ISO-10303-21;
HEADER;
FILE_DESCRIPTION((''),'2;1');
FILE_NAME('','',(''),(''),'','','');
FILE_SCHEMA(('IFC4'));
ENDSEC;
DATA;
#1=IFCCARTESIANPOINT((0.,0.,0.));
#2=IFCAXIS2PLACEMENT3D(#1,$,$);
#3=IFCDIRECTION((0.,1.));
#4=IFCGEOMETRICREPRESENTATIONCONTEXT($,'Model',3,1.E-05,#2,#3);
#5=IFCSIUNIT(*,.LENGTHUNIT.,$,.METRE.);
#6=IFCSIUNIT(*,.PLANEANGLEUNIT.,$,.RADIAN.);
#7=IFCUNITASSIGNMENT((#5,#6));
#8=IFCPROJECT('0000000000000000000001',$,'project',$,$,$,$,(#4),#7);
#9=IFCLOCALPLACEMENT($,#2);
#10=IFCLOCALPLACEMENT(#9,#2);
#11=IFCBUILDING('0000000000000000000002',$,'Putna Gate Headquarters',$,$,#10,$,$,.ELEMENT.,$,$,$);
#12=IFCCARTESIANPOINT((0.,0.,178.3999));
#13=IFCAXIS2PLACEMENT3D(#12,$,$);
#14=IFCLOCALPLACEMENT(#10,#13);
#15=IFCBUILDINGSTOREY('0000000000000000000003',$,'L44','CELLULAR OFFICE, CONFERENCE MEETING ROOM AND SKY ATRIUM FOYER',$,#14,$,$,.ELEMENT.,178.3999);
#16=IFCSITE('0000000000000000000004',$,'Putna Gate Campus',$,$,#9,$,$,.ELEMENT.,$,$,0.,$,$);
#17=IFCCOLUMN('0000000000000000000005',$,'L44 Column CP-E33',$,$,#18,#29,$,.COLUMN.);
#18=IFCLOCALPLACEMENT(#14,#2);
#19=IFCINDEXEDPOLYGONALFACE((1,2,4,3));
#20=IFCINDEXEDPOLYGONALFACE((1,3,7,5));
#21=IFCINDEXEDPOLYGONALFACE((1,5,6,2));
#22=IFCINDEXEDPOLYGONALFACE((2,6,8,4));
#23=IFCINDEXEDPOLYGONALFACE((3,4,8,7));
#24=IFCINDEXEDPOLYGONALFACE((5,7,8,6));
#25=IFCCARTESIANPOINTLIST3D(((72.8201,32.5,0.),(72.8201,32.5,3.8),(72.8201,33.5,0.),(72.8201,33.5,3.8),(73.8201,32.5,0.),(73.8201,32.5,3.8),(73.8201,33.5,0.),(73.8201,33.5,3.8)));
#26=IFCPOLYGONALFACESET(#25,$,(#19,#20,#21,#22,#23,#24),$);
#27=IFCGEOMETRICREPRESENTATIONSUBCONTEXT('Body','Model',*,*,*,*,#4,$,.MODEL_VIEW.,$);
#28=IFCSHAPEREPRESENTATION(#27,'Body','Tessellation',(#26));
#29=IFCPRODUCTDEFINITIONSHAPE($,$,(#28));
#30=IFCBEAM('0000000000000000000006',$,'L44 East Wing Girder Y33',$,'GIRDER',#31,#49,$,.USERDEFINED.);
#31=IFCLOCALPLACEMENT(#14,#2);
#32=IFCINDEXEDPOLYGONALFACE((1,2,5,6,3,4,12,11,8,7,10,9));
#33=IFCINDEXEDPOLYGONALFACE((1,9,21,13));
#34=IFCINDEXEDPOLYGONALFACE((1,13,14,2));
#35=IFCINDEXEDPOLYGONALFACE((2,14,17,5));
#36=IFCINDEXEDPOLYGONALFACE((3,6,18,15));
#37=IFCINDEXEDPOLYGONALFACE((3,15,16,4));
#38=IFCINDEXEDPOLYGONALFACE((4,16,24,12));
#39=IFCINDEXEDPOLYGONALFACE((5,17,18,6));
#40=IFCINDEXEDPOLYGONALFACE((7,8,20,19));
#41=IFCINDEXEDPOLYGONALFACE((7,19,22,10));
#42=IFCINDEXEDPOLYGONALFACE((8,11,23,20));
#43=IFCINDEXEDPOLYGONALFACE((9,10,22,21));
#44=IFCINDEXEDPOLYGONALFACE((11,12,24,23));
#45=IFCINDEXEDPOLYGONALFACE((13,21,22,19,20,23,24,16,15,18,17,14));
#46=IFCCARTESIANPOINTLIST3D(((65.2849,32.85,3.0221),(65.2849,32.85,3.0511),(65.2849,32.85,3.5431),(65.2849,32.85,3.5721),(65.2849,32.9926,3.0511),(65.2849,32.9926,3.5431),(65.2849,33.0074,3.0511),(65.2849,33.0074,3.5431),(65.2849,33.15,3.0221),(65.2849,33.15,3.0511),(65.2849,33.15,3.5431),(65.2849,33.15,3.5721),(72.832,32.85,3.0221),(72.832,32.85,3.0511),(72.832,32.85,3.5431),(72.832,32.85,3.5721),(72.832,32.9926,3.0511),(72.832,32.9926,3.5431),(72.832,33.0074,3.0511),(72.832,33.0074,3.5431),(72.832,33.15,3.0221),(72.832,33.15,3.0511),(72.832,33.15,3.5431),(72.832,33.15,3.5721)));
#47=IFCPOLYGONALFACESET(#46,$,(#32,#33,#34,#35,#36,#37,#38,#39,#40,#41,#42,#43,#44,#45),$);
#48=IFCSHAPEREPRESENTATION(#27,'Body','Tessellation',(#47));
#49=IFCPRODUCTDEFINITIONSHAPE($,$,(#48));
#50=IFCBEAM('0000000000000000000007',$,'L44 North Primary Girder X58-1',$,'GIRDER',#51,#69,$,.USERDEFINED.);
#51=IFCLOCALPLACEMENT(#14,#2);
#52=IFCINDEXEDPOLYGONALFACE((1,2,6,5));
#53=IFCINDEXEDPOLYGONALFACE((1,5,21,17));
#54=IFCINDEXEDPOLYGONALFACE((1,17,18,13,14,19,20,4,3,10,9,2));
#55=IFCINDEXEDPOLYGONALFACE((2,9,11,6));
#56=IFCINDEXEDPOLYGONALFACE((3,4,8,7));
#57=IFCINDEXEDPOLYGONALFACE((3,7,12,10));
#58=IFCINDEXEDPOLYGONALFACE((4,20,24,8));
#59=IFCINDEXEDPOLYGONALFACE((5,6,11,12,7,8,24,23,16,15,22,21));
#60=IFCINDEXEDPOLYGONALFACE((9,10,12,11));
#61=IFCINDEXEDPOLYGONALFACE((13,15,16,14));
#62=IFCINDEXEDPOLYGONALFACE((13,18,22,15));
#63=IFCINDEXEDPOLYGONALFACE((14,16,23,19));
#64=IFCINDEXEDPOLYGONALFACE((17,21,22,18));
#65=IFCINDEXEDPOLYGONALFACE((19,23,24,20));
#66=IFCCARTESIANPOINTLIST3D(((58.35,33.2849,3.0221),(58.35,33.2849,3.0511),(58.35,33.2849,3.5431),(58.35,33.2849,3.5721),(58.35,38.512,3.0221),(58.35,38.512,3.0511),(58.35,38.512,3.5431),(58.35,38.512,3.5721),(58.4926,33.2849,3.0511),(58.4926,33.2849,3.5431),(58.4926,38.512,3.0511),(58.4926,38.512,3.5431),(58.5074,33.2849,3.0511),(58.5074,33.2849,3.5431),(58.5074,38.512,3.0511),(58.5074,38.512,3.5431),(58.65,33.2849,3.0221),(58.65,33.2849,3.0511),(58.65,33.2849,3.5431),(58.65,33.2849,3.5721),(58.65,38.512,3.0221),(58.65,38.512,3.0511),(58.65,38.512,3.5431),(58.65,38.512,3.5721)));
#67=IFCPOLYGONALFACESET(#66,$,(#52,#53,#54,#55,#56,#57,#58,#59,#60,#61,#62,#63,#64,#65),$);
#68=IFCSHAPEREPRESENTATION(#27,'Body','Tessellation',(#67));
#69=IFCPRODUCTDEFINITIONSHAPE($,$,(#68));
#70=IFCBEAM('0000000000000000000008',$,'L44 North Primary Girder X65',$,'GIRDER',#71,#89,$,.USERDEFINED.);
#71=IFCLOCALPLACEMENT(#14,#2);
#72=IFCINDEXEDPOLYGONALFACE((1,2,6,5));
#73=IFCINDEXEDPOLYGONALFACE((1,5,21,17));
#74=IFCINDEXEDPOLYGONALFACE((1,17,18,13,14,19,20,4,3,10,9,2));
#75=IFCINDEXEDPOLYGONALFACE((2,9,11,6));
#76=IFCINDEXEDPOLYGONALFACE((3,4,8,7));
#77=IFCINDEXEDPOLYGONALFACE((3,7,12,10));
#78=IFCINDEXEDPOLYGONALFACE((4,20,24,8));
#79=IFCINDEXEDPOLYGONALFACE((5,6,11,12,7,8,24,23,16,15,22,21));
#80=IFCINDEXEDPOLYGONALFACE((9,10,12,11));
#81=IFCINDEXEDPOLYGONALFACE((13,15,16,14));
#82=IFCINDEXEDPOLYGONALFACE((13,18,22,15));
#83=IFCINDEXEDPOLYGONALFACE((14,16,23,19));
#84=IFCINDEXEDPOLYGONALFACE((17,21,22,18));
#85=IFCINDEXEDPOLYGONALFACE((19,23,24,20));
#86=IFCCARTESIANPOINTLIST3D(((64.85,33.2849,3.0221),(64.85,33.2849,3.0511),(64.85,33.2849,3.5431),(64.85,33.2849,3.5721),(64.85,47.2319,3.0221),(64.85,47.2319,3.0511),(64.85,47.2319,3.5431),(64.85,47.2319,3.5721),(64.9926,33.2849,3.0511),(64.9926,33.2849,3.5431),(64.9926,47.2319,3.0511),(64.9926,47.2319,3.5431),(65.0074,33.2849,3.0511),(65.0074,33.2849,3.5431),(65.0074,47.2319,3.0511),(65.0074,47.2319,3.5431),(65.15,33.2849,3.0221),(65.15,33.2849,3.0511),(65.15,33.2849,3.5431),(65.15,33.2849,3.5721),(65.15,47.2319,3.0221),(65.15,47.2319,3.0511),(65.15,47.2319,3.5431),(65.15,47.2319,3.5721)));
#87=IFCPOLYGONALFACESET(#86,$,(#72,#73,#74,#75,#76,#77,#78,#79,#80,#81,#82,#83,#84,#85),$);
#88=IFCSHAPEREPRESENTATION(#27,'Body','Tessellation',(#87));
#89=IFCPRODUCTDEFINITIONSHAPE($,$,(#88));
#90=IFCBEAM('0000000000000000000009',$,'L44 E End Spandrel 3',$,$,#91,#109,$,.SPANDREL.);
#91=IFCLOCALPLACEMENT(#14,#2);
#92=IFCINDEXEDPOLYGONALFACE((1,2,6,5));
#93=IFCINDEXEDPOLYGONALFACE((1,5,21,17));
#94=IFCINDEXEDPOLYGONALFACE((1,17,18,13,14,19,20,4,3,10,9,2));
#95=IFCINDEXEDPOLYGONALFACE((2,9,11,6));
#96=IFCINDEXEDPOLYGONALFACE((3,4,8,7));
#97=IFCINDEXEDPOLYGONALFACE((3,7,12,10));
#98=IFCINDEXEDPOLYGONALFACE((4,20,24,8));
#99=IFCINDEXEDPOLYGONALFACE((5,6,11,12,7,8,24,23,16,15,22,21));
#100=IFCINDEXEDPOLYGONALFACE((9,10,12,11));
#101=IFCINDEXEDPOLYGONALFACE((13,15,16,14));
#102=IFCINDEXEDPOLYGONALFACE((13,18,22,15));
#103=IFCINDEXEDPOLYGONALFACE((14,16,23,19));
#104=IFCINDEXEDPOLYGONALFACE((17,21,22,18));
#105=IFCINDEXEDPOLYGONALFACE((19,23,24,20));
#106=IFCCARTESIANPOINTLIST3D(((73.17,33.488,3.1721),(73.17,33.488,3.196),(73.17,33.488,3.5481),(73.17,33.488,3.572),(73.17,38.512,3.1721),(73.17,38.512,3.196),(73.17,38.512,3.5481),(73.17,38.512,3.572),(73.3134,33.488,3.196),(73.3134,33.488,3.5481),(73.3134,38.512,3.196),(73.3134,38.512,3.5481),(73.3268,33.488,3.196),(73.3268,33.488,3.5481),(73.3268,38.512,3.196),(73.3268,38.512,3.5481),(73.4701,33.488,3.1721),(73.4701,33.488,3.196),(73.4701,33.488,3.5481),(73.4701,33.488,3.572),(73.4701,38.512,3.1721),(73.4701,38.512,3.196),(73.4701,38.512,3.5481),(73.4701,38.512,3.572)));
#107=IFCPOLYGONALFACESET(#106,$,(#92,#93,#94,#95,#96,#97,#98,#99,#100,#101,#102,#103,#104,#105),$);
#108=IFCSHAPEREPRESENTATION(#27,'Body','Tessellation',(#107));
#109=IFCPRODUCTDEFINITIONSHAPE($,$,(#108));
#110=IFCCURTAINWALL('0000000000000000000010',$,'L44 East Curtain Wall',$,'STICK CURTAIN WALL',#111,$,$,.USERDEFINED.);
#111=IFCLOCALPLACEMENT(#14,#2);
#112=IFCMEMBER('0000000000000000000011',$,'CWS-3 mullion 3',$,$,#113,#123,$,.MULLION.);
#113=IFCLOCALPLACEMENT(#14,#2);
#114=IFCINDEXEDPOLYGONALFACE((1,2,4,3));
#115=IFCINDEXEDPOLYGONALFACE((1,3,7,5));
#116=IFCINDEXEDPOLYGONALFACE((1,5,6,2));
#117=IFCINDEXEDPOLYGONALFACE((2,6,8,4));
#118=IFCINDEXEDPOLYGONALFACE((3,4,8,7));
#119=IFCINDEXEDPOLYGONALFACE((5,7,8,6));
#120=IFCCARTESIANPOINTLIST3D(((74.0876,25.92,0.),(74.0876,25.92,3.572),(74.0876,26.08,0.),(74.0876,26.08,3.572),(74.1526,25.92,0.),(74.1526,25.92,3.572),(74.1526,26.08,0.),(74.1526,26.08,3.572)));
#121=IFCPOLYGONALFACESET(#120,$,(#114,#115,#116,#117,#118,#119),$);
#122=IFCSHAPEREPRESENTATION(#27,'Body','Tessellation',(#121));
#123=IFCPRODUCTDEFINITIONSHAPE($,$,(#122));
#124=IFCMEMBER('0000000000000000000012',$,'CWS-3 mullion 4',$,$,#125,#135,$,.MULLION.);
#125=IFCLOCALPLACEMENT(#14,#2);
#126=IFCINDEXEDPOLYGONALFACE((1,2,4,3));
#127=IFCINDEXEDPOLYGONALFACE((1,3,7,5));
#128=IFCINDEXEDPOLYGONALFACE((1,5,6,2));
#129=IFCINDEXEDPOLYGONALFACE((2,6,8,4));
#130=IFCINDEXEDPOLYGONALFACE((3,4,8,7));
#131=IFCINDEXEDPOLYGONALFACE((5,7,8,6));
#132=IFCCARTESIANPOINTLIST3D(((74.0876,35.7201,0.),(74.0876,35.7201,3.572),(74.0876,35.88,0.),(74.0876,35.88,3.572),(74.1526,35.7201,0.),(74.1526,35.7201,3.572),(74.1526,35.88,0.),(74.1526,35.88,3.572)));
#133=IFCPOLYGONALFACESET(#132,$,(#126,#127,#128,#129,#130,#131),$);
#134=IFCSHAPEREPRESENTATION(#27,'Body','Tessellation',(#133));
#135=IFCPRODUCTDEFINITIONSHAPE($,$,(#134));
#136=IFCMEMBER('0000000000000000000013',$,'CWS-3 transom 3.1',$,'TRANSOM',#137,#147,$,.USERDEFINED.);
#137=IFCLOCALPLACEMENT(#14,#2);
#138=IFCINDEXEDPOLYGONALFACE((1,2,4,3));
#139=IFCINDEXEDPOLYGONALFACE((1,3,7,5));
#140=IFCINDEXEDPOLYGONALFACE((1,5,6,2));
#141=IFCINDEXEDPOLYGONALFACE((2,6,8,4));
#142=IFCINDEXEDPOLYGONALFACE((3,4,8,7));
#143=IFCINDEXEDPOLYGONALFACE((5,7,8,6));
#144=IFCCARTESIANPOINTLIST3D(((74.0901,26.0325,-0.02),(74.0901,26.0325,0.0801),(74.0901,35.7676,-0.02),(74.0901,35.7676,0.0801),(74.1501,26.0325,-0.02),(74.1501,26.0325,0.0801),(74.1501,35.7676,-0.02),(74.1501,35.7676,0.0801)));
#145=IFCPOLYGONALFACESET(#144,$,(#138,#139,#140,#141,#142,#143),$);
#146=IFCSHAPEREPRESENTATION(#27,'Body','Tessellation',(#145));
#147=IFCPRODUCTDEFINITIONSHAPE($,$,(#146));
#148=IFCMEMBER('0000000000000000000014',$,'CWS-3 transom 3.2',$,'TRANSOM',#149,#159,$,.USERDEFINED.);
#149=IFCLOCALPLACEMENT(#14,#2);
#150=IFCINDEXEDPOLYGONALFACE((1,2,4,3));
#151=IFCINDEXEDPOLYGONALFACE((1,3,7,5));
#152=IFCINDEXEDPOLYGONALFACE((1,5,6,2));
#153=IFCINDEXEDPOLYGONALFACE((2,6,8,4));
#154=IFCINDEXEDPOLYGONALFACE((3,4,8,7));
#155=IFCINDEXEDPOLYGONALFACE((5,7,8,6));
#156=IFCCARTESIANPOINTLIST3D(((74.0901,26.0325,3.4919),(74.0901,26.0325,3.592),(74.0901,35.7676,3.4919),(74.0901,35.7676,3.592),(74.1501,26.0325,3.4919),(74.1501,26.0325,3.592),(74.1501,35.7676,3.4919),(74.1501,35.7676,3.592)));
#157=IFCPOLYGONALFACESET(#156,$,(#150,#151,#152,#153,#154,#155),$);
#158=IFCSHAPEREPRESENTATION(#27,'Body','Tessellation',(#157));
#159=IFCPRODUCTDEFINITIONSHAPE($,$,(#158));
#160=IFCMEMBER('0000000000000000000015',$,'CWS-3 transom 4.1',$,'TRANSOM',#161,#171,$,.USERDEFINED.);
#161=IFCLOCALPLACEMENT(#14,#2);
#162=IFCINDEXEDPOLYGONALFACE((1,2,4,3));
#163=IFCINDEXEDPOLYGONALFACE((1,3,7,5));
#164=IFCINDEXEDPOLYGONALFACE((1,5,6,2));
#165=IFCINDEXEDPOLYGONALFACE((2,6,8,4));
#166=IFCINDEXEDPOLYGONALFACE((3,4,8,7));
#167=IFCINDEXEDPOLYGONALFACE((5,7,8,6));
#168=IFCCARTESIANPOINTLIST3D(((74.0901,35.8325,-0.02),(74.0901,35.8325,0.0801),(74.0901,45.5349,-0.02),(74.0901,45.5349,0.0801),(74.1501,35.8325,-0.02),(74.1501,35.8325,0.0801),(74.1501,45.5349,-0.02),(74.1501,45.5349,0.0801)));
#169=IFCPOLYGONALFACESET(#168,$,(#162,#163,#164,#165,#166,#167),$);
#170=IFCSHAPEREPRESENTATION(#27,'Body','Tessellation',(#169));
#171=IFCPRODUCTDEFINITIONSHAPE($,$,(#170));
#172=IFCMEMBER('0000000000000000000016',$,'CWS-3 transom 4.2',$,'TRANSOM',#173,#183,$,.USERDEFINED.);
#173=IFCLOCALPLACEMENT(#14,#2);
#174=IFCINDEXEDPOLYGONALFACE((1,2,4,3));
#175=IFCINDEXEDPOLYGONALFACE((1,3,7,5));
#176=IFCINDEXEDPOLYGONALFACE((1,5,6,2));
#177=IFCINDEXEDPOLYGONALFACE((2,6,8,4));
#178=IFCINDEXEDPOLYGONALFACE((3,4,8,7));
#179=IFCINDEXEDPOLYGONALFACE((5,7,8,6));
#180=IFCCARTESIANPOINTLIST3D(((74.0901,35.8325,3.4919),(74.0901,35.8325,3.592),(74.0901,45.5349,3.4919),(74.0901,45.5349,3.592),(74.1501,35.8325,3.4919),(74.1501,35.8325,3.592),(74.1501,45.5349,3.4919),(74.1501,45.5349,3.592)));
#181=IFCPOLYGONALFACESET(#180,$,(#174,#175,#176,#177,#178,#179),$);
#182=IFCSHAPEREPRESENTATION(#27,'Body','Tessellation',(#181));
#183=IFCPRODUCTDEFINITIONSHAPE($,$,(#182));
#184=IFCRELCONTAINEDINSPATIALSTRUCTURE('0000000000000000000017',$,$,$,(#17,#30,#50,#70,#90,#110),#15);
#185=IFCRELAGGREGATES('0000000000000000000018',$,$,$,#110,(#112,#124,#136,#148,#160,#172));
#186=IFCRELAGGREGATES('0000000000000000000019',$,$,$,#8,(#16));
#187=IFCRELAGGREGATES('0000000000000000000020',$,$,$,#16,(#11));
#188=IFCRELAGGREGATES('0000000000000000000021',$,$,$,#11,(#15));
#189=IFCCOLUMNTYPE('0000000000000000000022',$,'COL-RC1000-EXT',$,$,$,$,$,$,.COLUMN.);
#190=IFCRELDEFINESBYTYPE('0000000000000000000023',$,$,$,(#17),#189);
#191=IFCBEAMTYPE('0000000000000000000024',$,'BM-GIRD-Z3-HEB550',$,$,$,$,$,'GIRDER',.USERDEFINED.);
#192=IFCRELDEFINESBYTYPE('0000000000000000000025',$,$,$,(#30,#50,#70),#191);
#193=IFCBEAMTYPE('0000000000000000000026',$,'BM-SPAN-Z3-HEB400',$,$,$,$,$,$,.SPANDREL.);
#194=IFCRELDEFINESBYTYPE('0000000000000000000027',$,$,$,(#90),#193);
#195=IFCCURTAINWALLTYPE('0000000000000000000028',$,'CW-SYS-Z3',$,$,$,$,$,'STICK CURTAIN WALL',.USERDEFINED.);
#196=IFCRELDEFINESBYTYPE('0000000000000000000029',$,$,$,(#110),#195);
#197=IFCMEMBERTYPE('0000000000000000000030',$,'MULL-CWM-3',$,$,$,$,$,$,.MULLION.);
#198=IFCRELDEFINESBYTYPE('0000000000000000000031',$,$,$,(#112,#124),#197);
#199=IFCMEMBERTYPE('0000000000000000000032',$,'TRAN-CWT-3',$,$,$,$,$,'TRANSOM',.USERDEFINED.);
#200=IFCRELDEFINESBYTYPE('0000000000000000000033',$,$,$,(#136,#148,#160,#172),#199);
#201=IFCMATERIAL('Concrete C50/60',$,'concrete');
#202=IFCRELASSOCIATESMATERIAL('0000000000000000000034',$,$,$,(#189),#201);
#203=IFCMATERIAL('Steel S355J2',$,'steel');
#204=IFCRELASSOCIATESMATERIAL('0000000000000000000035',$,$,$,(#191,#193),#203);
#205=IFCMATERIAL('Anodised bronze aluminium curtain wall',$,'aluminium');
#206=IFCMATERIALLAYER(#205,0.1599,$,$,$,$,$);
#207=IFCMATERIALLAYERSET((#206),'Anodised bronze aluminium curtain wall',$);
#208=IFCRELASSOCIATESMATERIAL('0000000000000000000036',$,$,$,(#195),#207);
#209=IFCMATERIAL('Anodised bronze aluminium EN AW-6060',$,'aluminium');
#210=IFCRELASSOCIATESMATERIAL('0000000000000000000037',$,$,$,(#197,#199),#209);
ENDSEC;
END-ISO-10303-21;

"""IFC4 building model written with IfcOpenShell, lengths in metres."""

from ifc_helpers import new_model, si_unit, direction, frame, origin, origin_2d, place, context, subcontext, project, spatial, rectangle, i_section, extrude, material, layer, layer_set, material_profile, profile_set, type_object, element, aggregate, save


model = new_model("IFC4")

# Units and contexts
model_context = context("Model", 3, precision=1e-05, world=origin(), true_north=direction((0.0, 1.0)))
body_context = subcontext(model_context, "Body", "Model", "MODEL_VIEW")
ifc_project = project(units=[si_unit("LENGTHUNIT", "METRE"), si_unit("PLANEANGLEUNIT", "RADIAN")], contexts=[model_context])

# Site, building, storey
site_placement = place(None, origin())
site = spatial("IfcSite", under=ifc_project, at=site_placement, Name="Putna Gate Campus", CompositionType="ELEMENT", RefElevation=0.0)
building_placement = place(site_placement, origin())
building = spatial("IfcBuilding", under=site, at=building_placement, Name="Putna Gate Headquarters", CompositionType="ELEMENT")
storey_placement = place(building_placement, frame((0.0, 0.0, 178.3999)))
storey = spatial("IfcBuildingStorey", under=building, at=storey_placement, Name="L44", Description="CELLULAR OFFICE, CONFERENCE MEETING ROOM AND SKY ATRIUM FOYER", CompositionType="ELEMENT", Elevation=178.3999)

# Column
ifc_material_1 = material(Name="Concrete C50/60", Category="concrete")
ifc_material_profile_1 = material_profile(ifc_material_1, rectangle(XDim=1.0, YDim=1.0, at=origin_2d()), Name="Concrete C50/60")
ifc_profile_set_1 = profile_set([ifc_material_profile_1], Name="Concrete C50/60")
column_type = type_object("IfcColumnType", Name="COL-RC1000-EXT", PredefinedType="COLUMN", material=ifc_profile_set_1)
column_placement = place(storey_placement, frame((73.3201, 33.0, 0.0), z_axis=(0.0, 0.0, 1.0), x_axis=(1.0, 0.0, 0.0)))
element("IfcColumn", 1, at=column_placement, inside=storey, type_object=column_type, Name="L44 Column CP-E33", PredefinedType="COLUMN", context=body_context, shape_type="SweptSolid", body=[
    extrude(rectangle(XDim=1.0, YDim=1.0, at=origin_2d()), origin(), (0.0, 0.0, 1.0), 3.8),
])

# Beams
ifc_material_2 = material(Name="Steel S355J2", Category="steel")
ifc_material_profile_2 = material_profile(ifc_material_2, i_section(OverallWidth=0.3, OverallDepth=0.55, WebThickness=0.0149, FlangeThickness=0.0291, at=origin_2d()), Name="Steel S355J2")
ifc_profile_set_2 = profile_set([ifc_material_profile_2], Name="Steel S355J2")
beam_type_1 = type_object("IfcBeamType", Name="BM-GIRD-Z3-HEB550", ElementType="GIRDER", PredefinedType="USERDEFINED", material=ifc_profile_set_2)
beam_1_placement = place(storey_placement, frame((65.2849, 33.0, 3.2971), z_axis=(1.0, 0.0, 0.0), x_axis=(0.0, 1.0, 0.0)))
element("IfcBeam", 2, at=beam_1_placement, inside=storey, type_object=beam_type_1, Name="L44 East Wing Girder Y33", ObjectType="GIRDER", PredefinedType="USERDEFINED", context=body_context, shape_type="SweptSolid", body=[
    extrude(i_section(OverallWidth=0.3, OverallDepth=0.55, WebThickness=0.0149, FlangeThickness=0.0291, at=origin_2d()), origin(), (0.0, 0.0, 1.0), 7.5471),
])
beam_2_placement = place(storey_placement, frame((58.5, 33.2849, 3.2971), z_axis=(0.0, 1.0, 0.0), x_axis=(-1.0, 0.0, 0.0)))
element("IfcBeam", 3, at=beam_2_placement, inside=storey, type_object=beam_type_1, Name="L44 North Primary Girder X58-1", ObjectType="GIRDER", PredefinedType="USERDEFINED", context=body_context, shape_type="SweptSolid", body=[
    extrude(i_section(OverallWidth=0.3, OverallDepth=0.55, WebThickness=0.0149, FlangeThickness=0.0291, at=origin_2d()), origin(), (0.0, 0.0, 1.0), 5.2271),
])
beam_3_placement = place(storey_placement, frame((65.0, 33.2849, 3.2971), z_axis=(0.0, 1.0, 0.0), x_axis=(-1.0, 0.0, 0.0)))
element("IfcBeam", 4, at=beam_3_placement, inside=storey, type_object=beam_type_1, Name="L44 North Primary Girder X65", ObjectType="GIRDER", PredefinedType="USERDEFINED", context=body_context, shape_type="SweptSolid", body=[
    extrude(i_section(OverallWidth=0.3, OverallDepth=0.55, WebThickness=0.0149, FlangeThickness=0.0291, at=origin_2d()), origin(), (0.0, 0.0, 1.0), 13.947),
])
ifc_material_profile_3 = material_profile(ifc_material_2, i_section(OverallWidth=0.3, OverallDepth=0.3999, WebThickness=0.0134, FlangeThickness=0.0239, at=origin_2d()), Name="Steel S355J2")
ifc_profile_set_3 = profile_set([ifc_material_profile_3], Name="Steel S355J2")
beam_type_2 = type_object("IfcBeamType", Name="BM-SPAN-Z3-HEB400", PredefinedType="SPANDREL", material=ifc_profile_set_3)
beam_4_placement = place(storey_placement, frame((73.3201, 33.488, 3.3721), z_axis=(0.0, 1.0, 0.0), x_axis=(-1.0, 0.0, 0.0)))
element("IfcBeam", 5, at=beam_4_placement, inside=storey, type_object=beam_type_2, Name="L44 E End Spandrel 3", PredefinedType="SPANDREL", context=body_context, shape_type="SweptSolid", body=[
    extrude(i_section(OverallWidth=0.3, OverallDepth=0.3999, WebThickness=0.0134, FlangeThickness=0.0239, at=origin_2d()), origin(), (0.0, 0.0, 1.0), 5.0239),
])

# Curtain wall, members
ifc_material_3 = material(Name="Anodised bronze aluminium curtain wall", Category="aluminium")
ifc_layer_1 = layer(ifc_material_3, 0.1599)
ifc_layer_set_1 = layer_set([ifc_layer_1], Name="Anodised bronze aluminium curtain wall")
curtain_wall_type = type_object("IfcCurtainWallType", Name="CW-SYS-Z3", ElementType="STICK CURTAIN WALL", PredefinedType="USERDEFINED", material=ifc_layer_set_1)
curtain_wall_placement = place(storey_placement, origin())
curtain_wall = element("IfcCurtainWall", 6, at=curtain_wall_placement, inside=storey, type_object=curtain_wall_type, Name="L44 East Curtain Wall", ObjectType="STICK CURTAIN WALL", PredefinedType="USERDEFINED")
ifc_material_4 = material(Name="Anodised bronze aluminium EN AW-6060", Category="aluminium")
ifc_material_profile_4 = material_profile(ifc_material_4, rectangle(XDim=0.0649, YDim=0.1599, at=origin_2d()), Name="Anodised bronze aluminium EN AW-6060")
ifc_profile_set_4 = profile_set([ifc_material_profile_4], Name="Anodised bronze aluminium EN AW-6060")
member_type_1 = type_object("IfcMemberType", Name="MULL-CWM-3", PredefinedType="MULLION", material=ifc_profile_set_4)
member_1_placement = place(storey_placement, frame((74.1201, 26.0, 0.0), z_axis=(0.0, 0.0, 1.0), x_axis=(-1.0, 0.0, 0.0)))
member_1 = element("IfcMember", 7, at=member_1_placement, type_object=member_type_1, Name="CWS-3 mullion 3", PredefinedType="MULLION", context=body_context, shape_type="SweptSolid", body=[
    extrude(rectangle(XDim=0.0649, YDim=0.1599, at=origin_2d()), origin(), (0.0, 0.0, 1.0), 3.572),
])
member_2_placement = place(storey_placement, frame((74.1201, 35.8, 0.0), z_axis=(0.0, 0.0, 1.0), x_axis=(-1.0, 0.0, 0.0)))
member_2 = element("IfcMember", 8, at=member_2_placement, type_object=member_type_1, Name="CWS-3 mullion 4", PredefinedType="MULLION", context=body_context, shape_type="SweptSolid", body=[
    extrude(rectangle(XDim=0.0649, YDim=0.1599, at=origin_2d()), origin(), (0.0, 0.0, 1.0), 3.572),
])
ifc_material_profile_5 = material_profile(ifc_material_4, rectangle(XDim=0.0601, YDim=0.1001, at=origin_2d()), Name="Anodised bronze aluminium EN AW-6060")
ifc_profile_set_5 = profile_set([ifc_material_profile_5], Name="Anodised bronze aluminium EN AW-6060")
member_type_2 = type_object("IfcMemberType", Name="TRAN-CWT-3", ElementType="TRANSOM", PredefinedType="USERDEFINED", material=ifc_profile_set_5)
member_3_placement = place(storey_placement, frame((74.1201, 26.0325, 0.03), z_axis=(0.0, 1.0, 0.0), x_axis=(-1.0, 0.0, 0.0)))
member_3 = element("IfcMember", 9, at=member_3_placement, type_object=member_type_2, Name="CWS-3 transom 3.1", ObjectType="TRANSOM", PredefinedType="USERDEFINED", context=body_context, shape_type="SweptSolid", body=[
    extrude(rectangle(XDim=0.0601, YDim=0.1001, at=origin_2d()), origin(), (0.0, 0.0, 1.0), 9.7351),
])
member_4_placement = place(storey_placement, frame((74.1201, 26.0325, 3.542), z_axis=(0.0, 1.0, 0.0), x_axis=(-1.0, 0.0, 0.0)))
member_4 = element("IfcMember", 10, at=member_4_placement, type_object=member_type_2, Name="CWS-3 transom 3.2", ObjectType="TRANSOM", PredefinedType="USERDEFINED", context=body_context, shape_type="SweptSolid", body=[
    extrude(rectangle(XDim=0.0601, YDim=0.1001, at=origin_2d()), origin(), (0.0, 0.0, 1.0), 9.7351),
])
member_5_placement = place(storey_placement, frame((74.1201, 35.8325, 0.03), z_axis=(0.0, 1.0, 0.0), x_axis=(-1.0, 0.0, 0.0)))
member_5 = element("IfcMember", 11, at=member_5_placement, type_object=member_type_2, Name="CWS-3 transom 4.1", ObjectType="TRANSOM", PredefinedType="USERDEFINED", context=body_context, shape_type="SweptSolid", body=[
    extrude(rectangle(XDim=0.0601, YDim=0.1001, at=origin_2d()), origin(), (0.0, 0.0, 1.0), 9.7024),
])
member_6_placement = place(storey_placement, frame((74.1201, 35.8325, 3.542), z_axis=(0.0, 1.0, 0.0), x_axis=(-1.0, 0.0, 0.0)))
member_6 = element("IfcMember", 12, at=member_6_placement, type_object=member_type_2, Name="CWS-3 transom 4.2", ObjectType="TRANSOM", PredefinedType="USERDEFINED", context=body_context, shape_type="SweptSolid", body=[
    extrude(rectangle(XDim=0.0601, YDim=0.1001, at=origin_2d()), origin(), (0.0, 0.0, 1.0), 9.7024),
])
aggregate(curtain_wall, [member_1, member_2, member_3, member_4, member_5, member_6])

save(model, "model.ifc")
